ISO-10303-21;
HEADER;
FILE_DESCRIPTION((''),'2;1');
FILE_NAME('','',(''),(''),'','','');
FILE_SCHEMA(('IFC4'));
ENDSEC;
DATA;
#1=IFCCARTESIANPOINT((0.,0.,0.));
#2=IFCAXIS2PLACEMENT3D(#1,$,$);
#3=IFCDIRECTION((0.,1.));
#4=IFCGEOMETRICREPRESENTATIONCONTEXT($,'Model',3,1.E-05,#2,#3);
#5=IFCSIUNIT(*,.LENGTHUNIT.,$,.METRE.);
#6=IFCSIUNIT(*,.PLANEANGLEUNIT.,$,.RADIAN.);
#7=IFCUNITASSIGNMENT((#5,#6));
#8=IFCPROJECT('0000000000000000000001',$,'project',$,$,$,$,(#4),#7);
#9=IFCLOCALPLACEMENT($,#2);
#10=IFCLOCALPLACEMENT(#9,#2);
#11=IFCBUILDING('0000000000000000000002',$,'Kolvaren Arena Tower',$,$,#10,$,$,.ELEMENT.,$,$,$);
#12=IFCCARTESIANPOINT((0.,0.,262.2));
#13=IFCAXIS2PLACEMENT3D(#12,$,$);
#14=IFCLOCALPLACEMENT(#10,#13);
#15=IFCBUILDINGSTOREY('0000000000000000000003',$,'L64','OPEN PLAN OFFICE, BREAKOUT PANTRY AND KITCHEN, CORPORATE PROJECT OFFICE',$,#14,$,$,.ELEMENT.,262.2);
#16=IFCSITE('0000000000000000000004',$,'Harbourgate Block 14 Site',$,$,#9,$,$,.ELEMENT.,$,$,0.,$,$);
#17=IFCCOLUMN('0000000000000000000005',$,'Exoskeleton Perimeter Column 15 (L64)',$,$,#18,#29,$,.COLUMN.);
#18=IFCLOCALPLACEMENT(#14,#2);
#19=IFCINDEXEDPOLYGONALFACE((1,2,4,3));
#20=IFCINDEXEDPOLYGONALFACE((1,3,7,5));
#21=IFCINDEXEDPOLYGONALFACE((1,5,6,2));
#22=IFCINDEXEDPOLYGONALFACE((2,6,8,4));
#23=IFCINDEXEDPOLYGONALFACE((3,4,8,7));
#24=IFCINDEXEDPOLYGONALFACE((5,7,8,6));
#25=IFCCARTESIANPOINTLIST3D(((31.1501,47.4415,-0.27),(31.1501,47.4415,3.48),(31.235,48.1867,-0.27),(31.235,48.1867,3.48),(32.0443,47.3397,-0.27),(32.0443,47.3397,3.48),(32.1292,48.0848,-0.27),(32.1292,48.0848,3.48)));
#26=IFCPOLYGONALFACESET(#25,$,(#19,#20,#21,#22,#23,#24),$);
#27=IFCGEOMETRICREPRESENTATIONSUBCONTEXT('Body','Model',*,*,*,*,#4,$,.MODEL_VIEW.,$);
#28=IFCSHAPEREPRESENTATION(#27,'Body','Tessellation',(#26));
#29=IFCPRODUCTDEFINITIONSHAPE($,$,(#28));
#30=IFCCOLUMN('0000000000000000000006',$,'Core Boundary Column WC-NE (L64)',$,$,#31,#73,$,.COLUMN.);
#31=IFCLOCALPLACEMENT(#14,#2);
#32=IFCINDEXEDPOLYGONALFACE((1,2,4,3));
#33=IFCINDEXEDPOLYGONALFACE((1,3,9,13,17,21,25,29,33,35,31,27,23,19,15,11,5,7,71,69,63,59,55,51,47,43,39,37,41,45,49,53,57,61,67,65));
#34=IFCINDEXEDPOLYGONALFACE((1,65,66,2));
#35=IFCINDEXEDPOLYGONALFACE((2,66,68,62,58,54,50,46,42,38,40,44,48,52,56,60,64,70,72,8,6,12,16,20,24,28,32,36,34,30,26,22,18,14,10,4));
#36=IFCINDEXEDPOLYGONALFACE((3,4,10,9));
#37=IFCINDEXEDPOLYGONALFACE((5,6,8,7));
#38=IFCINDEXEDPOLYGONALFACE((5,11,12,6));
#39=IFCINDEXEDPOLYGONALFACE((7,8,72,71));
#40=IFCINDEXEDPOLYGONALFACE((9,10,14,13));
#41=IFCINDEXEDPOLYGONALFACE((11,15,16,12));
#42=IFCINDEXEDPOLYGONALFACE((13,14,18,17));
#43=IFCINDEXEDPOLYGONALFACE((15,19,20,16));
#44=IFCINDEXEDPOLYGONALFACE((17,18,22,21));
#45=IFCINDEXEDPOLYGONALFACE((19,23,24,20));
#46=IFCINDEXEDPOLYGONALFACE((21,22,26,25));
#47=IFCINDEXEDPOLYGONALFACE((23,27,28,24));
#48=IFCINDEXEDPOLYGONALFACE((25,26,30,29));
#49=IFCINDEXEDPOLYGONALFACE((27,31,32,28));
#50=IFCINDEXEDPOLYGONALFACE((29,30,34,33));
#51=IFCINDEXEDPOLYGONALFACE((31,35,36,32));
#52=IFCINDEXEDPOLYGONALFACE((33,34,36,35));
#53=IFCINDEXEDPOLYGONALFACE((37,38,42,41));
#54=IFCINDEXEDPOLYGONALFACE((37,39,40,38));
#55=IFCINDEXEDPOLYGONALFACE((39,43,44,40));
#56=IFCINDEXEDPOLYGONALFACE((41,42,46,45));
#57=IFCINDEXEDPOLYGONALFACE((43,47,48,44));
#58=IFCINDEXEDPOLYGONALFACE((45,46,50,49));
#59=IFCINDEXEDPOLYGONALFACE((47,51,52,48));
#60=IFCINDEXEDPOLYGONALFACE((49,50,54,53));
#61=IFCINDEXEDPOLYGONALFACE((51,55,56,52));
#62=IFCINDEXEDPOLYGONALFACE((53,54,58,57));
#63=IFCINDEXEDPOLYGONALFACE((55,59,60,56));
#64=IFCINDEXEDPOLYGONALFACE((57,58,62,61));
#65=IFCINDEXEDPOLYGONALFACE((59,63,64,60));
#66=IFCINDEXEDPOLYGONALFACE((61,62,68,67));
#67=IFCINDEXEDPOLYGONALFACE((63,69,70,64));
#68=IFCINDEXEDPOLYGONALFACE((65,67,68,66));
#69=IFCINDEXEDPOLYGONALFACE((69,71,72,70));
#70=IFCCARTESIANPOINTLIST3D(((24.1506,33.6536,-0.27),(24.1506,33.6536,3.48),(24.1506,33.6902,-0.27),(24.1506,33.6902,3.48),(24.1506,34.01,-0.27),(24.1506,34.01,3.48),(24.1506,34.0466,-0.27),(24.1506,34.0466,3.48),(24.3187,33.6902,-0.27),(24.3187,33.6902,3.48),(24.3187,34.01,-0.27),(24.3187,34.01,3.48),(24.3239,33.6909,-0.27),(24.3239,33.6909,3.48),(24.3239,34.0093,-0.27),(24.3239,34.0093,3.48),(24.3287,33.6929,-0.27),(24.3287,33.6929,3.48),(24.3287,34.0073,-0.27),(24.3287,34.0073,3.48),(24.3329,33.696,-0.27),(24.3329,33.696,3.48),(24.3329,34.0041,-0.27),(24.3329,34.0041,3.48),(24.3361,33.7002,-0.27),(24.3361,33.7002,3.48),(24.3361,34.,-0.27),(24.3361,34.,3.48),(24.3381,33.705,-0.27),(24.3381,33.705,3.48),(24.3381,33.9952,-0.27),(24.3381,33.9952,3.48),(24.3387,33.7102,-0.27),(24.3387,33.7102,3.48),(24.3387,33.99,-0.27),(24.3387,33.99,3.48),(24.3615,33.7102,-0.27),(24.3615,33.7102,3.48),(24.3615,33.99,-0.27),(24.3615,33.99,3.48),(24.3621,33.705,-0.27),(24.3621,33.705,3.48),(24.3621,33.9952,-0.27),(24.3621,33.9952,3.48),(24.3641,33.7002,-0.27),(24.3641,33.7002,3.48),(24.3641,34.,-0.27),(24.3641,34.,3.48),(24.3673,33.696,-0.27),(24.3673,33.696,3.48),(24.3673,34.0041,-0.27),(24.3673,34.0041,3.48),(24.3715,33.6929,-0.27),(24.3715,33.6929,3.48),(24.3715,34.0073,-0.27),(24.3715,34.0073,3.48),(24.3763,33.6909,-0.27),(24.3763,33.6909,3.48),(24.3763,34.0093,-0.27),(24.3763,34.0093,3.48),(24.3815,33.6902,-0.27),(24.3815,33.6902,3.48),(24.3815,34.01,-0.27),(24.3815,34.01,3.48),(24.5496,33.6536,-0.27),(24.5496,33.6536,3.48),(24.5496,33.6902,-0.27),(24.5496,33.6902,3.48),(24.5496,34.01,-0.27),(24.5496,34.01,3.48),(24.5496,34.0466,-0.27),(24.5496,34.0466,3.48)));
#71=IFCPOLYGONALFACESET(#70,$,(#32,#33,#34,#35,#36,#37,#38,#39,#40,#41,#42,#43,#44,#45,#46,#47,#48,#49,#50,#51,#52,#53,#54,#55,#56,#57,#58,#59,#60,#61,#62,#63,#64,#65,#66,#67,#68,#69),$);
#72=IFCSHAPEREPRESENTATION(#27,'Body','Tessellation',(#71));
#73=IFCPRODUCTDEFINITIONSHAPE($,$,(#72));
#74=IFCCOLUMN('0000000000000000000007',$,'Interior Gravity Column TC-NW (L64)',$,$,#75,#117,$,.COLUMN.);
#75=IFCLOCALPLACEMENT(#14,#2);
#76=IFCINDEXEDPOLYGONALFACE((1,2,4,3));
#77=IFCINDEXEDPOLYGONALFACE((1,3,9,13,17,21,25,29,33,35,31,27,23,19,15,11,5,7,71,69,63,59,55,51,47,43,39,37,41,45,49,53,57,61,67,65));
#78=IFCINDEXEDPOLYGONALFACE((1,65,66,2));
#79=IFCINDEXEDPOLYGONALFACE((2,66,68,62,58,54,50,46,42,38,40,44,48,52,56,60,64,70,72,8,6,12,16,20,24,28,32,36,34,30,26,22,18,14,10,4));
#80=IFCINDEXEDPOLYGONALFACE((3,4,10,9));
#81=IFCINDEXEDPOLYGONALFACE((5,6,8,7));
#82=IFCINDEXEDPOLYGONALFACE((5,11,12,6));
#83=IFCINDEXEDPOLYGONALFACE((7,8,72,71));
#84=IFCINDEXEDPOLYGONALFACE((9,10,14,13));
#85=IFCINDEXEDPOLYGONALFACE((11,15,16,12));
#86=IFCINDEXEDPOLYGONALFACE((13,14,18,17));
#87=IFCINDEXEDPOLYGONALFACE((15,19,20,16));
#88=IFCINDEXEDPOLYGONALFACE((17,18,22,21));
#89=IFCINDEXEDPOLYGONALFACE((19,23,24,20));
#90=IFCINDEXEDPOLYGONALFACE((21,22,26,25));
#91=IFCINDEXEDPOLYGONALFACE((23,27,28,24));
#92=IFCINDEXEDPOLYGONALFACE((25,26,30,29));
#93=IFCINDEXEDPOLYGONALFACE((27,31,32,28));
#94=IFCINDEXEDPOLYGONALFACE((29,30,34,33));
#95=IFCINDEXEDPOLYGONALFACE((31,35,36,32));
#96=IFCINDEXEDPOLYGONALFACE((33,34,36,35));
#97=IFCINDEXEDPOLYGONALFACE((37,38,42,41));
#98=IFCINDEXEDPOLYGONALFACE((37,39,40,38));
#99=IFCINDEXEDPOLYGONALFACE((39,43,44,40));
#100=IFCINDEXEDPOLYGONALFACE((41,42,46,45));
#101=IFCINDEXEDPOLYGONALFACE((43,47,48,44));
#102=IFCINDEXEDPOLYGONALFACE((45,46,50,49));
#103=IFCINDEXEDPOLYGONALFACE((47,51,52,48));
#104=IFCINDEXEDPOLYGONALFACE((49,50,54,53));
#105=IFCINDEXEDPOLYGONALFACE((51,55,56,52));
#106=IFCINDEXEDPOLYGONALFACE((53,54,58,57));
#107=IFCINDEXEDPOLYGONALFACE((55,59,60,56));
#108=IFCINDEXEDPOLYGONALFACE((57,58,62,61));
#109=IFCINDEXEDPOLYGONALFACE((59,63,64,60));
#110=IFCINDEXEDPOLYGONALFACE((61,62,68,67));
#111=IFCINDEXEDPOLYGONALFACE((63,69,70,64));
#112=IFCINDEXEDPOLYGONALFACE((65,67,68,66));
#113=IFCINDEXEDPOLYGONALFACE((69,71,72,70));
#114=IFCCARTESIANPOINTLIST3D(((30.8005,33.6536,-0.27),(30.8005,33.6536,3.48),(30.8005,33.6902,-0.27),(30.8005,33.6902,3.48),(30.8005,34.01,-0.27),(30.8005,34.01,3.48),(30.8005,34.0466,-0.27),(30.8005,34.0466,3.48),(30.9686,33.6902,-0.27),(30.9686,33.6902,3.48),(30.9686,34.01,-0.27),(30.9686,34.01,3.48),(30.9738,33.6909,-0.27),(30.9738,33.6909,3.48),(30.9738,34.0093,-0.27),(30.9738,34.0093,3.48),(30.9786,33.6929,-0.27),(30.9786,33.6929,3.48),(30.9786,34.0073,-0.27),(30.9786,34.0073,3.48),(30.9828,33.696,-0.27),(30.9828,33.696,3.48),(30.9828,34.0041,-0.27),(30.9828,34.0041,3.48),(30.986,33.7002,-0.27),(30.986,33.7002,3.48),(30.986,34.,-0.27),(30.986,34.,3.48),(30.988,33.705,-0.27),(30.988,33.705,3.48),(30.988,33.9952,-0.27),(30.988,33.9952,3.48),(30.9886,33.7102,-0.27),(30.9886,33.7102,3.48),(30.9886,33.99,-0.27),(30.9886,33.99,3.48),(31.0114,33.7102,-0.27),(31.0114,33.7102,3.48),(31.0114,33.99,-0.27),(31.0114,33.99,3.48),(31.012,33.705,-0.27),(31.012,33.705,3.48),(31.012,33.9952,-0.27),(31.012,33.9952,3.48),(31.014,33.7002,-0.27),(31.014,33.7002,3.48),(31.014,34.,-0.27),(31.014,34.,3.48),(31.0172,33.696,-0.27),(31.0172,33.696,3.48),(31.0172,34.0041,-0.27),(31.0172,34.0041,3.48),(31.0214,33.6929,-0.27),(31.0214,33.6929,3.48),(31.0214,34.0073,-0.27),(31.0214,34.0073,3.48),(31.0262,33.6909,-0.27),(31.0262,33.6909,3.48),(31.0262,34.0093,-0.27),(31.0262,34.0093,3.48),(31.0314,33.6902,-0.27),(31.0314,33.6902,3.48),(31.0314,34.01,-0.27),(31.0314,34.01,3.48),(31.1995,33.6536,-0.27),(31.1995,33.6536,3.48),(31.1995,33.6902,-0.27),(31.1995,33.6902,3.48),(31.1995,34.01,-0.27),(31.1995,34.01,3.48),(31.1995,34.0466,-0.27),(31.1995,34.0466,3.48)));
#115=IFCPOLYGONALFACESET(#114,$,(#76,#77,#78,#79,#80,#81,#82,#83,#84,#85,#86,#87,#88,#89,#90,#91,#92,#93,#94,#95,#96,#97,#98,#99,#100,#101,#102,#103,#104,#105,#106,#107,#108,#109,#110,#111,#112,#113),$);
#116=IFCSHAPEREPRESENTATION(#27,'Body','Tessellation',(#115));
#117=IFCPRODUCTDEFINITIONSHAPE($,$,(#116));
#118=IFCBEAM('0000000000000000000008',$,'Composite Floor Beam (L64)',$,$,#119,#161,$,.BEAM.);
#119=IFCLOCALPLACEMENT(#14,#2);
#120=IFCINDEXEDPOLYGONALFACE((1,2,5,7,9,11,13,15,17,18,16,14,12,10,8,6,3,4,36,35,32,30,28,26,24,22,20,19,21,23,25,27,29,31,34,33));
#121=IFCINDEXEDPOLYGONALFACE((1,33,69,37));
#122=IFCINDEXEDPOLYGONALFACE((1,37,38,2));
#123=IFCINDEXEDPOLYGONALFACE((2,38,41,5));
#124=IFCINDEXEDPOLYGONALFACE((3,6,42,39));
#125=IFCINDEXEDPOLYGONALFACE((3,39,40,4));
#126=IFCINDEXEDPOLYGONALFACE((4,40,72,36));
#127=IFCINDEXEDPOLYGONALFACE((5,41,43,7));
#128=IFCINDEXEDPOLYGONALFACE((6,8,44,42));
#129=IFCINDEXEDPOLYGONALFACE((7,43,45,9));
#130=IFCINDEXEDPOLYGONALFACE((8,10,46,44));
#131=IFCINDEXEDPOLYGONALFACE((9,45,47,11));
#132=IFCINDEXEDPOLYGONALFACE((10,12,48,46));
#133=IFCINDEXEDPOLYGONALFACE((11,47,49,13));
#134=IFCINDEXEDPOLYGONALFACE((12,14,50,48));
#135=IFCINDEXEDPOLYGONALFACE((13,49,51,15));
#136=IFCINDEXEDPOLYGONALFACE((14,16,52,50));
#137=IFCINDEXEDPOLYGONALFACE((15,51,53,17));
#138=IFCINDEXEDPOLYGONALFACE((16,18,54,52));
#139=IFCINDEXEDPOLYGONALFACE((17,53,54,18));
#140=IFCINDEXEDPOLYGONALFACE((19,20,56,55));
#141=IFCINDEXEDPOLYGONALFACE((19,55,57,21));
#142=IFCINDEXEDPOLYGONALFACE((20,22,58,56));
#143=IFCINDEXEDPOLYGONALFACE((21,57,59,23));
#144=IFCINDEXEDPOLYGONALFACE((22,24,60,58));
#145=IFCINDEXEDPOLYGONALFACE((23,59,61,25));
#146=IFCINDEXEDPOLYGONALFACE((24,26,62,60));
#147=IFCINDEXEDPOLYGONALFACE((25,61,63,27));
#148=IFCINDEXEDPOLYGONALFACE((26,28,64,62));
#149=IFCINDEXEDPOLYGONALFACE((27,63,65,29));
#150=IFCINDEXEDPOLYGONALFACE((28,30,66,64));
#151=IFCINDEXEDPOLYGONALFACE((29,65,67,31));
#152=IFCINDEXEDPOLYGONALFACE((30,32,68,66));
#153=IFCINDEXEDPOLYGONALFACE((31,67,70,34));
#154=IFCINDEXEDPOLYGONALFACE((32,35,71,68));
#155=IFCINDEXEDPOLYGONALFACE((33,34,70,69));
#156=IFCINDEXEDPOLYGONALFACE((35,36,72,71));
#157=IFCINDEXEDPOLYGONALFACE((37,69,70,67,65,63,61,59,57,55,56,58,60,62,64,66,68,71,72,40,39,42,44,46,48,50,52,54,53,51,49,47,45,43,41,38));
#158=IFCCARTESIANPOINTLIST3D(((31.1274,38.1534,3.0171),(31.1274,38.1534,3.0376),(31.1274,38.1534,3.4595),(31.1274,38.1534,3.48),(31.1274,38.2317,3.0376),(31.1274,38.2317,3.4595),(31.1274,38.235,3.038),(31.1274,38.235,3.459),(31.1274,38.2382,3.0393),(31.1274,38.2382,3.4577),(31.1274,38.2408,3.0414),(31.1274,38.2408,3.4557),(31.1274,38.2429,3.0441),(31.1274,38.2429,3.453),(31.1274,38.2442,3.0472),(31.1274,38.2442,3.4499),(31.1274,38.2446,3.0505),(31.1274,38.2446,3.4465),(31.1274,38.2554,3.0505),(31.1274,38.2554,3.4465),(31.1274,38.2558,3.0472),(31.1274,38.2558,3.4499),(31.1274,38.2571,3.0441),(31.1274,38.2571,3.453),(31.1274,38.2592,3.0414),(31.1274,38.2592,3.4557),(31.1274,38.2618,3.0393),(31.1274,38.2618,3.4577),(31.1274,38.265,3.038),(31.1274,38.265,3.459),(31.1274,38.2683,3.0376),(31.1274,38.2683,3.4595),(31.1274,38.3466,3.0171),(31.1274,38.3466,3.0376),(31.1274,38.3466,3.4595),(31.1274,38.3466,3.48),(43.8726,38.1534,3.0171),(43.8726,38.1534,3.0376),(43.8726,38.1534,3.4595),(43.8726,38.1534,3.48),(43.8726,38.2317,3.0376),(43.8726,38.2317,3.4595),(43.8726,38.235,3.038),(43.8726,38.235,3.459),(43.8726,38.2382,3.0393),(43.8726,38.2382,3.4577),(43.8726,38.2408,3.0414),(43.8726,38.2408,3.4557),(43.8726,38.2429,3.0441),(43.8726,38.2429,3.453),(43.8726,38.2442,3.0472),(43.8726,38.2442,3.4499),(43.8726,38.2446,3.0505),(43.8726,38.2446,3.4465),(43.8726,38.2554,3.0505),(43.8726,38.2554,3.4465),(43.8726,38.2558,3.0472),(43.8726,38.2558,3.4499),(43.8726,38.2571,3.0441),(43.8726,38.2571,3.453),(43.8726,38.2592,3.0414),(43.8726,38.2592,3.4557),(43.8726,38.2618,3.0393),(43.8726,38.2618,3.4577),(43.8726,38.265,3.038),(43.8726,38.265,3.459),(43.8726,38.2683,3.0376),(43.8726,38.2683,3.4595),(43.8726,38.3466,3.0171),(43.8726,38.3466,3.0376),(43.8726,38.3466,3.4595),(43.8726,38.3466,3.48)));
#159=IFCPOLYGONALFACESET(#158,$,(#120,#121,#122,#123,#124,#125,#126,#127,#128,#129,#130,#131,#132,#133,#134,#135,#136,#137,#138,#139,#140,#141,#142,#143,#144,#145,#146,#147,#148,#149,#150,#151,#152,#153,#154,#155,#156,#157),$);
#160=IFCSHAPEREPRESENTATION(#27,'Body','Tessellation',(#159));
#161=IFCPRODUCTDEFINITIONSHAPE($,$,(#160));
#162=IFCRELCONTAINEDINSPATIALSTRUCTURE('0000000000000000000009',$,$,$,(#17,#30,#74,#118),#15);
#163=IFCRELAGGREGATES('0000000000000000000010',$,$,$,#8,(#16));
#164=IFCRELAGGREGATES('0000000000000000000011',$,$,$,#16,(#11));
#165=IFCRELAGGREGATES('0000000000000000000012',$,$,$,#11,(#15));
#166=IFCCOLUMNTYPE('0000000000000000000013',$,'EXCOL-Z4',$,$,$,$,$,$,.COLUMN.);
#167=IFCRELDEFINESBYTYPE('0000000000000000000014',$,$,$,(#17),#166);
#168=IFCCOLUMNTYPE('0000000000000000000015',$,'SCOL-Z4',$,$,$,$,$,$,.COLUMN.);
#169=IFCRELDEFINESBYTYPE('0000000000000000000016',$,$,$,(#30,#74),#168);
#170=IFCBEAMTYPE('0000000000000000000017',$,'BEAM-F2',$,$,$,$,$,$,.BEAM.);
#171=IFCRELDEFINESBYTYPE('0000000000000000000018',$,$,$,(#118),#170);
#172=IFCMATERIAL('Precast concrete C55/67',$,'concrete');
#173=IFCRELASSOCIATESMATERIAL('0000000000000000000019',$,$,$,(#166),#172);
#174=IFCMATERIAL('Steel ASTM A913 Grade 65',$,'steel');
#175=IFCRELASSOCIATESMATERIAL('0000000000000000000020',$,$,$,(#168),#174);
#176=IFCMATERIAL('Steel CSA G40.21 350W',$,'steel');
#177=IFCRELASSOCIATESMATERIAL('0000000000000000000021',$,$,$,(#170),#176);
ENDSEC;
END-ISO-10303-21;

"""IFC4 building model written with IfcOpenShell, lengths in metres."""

from ifc_helpers import new_model, si_unit, direction, frame, origin, origin_2d, place, context, subcontext, project, spatial, rectangle, i_section, extrude, material, material_profile, profile_set, type_object, element, save


model = new_model("IFC4")

# Units and contexts
model_context = context("Model", 3, precision=1e-05, world=origin(), true_north=direction((0.0, 1.0)))
body_context = subcontext(model_context, "Body", "Model", "MODEL_VIEW")
ifc_project = project(units=[si_unit("LENGTHUNIT", "METRE"), si_unit("PLANEANGLEUNIT", "RADIAN")], contexts=[model_context])

# Site, building, storey
site_placement = place(None, origin())
site = spatial("IfcSite", under=ifc_project, at=site_placement, Name="Harbourgate Block 14 Site", CompositionType="ELEMENT", RefElevation=0.0)
building_placement = place(site_placement, origin())
building = spatial("IfcBuilding", under=site, at=building_placement, Name="Kolvaren Arena Tower", CompositionType="ELEMENT")
storey_placement = place(building_placement, frame((0.0, 0.0, 262.2)))
storey = spatial("IfcBuildingStorey", under=building, at=storey_placement, Name="L64", Description="OPEN PLAN OFFICE, BREAKOUT PANTRY AND KITCHEN, CORPORATE PROJECT OFFICE", CompositionType="ELEMENT", Elevation=262.2)

# Columns
ifc_material_1 = material(Name="Precast concrete C55/67", Category="concrete")
ifc_material_profile_1 = material_profile(ifc_material_1, rectangle(XDim=0.8999, YDim=0.75, at=origin_2d()), Name="RC-900x750")
ifc_profile_set_1 = profile_set([ifc_material_profile_1], Name="Precast concrete C55/67")
column_type_1 = type_object("IfcColumnType", Name="EXCOL-Z4", PredefinedType="COLUMN", material=ifc_profile_set_1)
column_placement = place(storey_placement, frame((31.6396, 47.7632, -0.27), z_axis=(0.0, 0.0, 1.0), x_axis=(0.993572, -0.113203, 0.0)))
element("IfcColumn", 1, at=column_placement, inside=storey, type_object=column_type_1, Name="Exoskeleton Perimeter Column 15 (L64)", PredefinedType="COLUMN", context=body_context, shape_type="SweptSolid", body=[
    extrude(rectangle(XDim=0.8999, YDim=0.75, at=origin_2d()), origin(), (0.0, 0.0, 1.0), 3.75),
])
ifc_material_2 = material(Name="Steel ASTM A913 Grade 65", Category="steel")
ifc_material_profile_2 = material_profile(ifc_material_2, i_section(OverallWidth=0.3989, OverallDepth=0.3931, WebThickness=0.0227, FlangeThickness=0.0366, FilletRadius=0.02, at=origin_2d()), Name="W360x287")
ifc_profile_set_2 = profile_set([ifc_material_profile_2], Name="Steel ASTM A913 Grade 65")
column_type_2 = type_object("IfcColumnType", Name="SCOL-Z4", PredefinedType="COLUMN", material=ifc_profile_set_2)
for number, where, z_axis, x_axis, name in (
    (2, (24.3501, 33.8501, -0.27), (0.0, 0.0, 1.0), (1.0, 0.0, 0.0), "Core Boundary Column WC-NE (L64)"),
    (3, (31.0, 33.8501, -0.27), (0.0, 0.0, 1.0), (1.0, 0.0, 0.0), "Interior Gravity Column TC-NW (L64)"),
):
    element("IfcColumn", number, at=place(storey_placement, frame(where, z_axis=z_axis, x_axis=x_axis)), inside=storey, type_object=column_type_2, Name=name, PredefinedType="COLUMN", context=body_context, shape_type="SweptSolid", body=[
        extrude(i_section(OverallWidth=0.3989, OverallDepth=0.3931, WebThickness=0.0227, FlangeThickness=0.0366, FilletRadius=0.02, at=origin_2d()), origin(), (0.0, 0.0, 1.0), 3.75),
    ])

# Beam
ifc_material_3 = material(Name="Steel CSA G40.21 350W", Category="steel")
ifc_material_profile_3 = material_profile(ifc_material_3, i_section(OverallWidth=0.1931, OverallDepth=0.4629, WebThickness=0.0107, FlangeThickness=0.0205, FilletRadius=0.0129, at=origin_2d()), Name="W460x113")
ifc_profile_set_3 = profile_set([ifc_material_profile_3], Name="Steel CSA G40.21 350W")
beam_type_1 = type_object("IfcBeamType", Name="BEAM-F2", PredefinedType="BEAM", material=ifc_profile_set_3)
beam_1_placement = place(storey_placement, frame((31.1274, 38.25, 3.2485), z_axis=(1.0, 0.0, 0.0), x_axis=(0.0, 1.0, 0.0)))
element("IfcBeam", 4, at=beam_1_placement, inside=storey, type_object=beam_type_1, Name="Composite Floor Beam (L64)", PredefinedType="BEAM", context=body_context, shape_type="SweptSolid", body=[
    extrude(i_section(OverallWidth=0.1931, OverallDepth=0.4629, WebThickness=0.0107, FlangeThickness=0.0205, FilletRadius=0.0129, at=origin_2d()), origin(), (0.0, 0.0, 1.0), 12.7451),
])

save(model, "model.ifc")
